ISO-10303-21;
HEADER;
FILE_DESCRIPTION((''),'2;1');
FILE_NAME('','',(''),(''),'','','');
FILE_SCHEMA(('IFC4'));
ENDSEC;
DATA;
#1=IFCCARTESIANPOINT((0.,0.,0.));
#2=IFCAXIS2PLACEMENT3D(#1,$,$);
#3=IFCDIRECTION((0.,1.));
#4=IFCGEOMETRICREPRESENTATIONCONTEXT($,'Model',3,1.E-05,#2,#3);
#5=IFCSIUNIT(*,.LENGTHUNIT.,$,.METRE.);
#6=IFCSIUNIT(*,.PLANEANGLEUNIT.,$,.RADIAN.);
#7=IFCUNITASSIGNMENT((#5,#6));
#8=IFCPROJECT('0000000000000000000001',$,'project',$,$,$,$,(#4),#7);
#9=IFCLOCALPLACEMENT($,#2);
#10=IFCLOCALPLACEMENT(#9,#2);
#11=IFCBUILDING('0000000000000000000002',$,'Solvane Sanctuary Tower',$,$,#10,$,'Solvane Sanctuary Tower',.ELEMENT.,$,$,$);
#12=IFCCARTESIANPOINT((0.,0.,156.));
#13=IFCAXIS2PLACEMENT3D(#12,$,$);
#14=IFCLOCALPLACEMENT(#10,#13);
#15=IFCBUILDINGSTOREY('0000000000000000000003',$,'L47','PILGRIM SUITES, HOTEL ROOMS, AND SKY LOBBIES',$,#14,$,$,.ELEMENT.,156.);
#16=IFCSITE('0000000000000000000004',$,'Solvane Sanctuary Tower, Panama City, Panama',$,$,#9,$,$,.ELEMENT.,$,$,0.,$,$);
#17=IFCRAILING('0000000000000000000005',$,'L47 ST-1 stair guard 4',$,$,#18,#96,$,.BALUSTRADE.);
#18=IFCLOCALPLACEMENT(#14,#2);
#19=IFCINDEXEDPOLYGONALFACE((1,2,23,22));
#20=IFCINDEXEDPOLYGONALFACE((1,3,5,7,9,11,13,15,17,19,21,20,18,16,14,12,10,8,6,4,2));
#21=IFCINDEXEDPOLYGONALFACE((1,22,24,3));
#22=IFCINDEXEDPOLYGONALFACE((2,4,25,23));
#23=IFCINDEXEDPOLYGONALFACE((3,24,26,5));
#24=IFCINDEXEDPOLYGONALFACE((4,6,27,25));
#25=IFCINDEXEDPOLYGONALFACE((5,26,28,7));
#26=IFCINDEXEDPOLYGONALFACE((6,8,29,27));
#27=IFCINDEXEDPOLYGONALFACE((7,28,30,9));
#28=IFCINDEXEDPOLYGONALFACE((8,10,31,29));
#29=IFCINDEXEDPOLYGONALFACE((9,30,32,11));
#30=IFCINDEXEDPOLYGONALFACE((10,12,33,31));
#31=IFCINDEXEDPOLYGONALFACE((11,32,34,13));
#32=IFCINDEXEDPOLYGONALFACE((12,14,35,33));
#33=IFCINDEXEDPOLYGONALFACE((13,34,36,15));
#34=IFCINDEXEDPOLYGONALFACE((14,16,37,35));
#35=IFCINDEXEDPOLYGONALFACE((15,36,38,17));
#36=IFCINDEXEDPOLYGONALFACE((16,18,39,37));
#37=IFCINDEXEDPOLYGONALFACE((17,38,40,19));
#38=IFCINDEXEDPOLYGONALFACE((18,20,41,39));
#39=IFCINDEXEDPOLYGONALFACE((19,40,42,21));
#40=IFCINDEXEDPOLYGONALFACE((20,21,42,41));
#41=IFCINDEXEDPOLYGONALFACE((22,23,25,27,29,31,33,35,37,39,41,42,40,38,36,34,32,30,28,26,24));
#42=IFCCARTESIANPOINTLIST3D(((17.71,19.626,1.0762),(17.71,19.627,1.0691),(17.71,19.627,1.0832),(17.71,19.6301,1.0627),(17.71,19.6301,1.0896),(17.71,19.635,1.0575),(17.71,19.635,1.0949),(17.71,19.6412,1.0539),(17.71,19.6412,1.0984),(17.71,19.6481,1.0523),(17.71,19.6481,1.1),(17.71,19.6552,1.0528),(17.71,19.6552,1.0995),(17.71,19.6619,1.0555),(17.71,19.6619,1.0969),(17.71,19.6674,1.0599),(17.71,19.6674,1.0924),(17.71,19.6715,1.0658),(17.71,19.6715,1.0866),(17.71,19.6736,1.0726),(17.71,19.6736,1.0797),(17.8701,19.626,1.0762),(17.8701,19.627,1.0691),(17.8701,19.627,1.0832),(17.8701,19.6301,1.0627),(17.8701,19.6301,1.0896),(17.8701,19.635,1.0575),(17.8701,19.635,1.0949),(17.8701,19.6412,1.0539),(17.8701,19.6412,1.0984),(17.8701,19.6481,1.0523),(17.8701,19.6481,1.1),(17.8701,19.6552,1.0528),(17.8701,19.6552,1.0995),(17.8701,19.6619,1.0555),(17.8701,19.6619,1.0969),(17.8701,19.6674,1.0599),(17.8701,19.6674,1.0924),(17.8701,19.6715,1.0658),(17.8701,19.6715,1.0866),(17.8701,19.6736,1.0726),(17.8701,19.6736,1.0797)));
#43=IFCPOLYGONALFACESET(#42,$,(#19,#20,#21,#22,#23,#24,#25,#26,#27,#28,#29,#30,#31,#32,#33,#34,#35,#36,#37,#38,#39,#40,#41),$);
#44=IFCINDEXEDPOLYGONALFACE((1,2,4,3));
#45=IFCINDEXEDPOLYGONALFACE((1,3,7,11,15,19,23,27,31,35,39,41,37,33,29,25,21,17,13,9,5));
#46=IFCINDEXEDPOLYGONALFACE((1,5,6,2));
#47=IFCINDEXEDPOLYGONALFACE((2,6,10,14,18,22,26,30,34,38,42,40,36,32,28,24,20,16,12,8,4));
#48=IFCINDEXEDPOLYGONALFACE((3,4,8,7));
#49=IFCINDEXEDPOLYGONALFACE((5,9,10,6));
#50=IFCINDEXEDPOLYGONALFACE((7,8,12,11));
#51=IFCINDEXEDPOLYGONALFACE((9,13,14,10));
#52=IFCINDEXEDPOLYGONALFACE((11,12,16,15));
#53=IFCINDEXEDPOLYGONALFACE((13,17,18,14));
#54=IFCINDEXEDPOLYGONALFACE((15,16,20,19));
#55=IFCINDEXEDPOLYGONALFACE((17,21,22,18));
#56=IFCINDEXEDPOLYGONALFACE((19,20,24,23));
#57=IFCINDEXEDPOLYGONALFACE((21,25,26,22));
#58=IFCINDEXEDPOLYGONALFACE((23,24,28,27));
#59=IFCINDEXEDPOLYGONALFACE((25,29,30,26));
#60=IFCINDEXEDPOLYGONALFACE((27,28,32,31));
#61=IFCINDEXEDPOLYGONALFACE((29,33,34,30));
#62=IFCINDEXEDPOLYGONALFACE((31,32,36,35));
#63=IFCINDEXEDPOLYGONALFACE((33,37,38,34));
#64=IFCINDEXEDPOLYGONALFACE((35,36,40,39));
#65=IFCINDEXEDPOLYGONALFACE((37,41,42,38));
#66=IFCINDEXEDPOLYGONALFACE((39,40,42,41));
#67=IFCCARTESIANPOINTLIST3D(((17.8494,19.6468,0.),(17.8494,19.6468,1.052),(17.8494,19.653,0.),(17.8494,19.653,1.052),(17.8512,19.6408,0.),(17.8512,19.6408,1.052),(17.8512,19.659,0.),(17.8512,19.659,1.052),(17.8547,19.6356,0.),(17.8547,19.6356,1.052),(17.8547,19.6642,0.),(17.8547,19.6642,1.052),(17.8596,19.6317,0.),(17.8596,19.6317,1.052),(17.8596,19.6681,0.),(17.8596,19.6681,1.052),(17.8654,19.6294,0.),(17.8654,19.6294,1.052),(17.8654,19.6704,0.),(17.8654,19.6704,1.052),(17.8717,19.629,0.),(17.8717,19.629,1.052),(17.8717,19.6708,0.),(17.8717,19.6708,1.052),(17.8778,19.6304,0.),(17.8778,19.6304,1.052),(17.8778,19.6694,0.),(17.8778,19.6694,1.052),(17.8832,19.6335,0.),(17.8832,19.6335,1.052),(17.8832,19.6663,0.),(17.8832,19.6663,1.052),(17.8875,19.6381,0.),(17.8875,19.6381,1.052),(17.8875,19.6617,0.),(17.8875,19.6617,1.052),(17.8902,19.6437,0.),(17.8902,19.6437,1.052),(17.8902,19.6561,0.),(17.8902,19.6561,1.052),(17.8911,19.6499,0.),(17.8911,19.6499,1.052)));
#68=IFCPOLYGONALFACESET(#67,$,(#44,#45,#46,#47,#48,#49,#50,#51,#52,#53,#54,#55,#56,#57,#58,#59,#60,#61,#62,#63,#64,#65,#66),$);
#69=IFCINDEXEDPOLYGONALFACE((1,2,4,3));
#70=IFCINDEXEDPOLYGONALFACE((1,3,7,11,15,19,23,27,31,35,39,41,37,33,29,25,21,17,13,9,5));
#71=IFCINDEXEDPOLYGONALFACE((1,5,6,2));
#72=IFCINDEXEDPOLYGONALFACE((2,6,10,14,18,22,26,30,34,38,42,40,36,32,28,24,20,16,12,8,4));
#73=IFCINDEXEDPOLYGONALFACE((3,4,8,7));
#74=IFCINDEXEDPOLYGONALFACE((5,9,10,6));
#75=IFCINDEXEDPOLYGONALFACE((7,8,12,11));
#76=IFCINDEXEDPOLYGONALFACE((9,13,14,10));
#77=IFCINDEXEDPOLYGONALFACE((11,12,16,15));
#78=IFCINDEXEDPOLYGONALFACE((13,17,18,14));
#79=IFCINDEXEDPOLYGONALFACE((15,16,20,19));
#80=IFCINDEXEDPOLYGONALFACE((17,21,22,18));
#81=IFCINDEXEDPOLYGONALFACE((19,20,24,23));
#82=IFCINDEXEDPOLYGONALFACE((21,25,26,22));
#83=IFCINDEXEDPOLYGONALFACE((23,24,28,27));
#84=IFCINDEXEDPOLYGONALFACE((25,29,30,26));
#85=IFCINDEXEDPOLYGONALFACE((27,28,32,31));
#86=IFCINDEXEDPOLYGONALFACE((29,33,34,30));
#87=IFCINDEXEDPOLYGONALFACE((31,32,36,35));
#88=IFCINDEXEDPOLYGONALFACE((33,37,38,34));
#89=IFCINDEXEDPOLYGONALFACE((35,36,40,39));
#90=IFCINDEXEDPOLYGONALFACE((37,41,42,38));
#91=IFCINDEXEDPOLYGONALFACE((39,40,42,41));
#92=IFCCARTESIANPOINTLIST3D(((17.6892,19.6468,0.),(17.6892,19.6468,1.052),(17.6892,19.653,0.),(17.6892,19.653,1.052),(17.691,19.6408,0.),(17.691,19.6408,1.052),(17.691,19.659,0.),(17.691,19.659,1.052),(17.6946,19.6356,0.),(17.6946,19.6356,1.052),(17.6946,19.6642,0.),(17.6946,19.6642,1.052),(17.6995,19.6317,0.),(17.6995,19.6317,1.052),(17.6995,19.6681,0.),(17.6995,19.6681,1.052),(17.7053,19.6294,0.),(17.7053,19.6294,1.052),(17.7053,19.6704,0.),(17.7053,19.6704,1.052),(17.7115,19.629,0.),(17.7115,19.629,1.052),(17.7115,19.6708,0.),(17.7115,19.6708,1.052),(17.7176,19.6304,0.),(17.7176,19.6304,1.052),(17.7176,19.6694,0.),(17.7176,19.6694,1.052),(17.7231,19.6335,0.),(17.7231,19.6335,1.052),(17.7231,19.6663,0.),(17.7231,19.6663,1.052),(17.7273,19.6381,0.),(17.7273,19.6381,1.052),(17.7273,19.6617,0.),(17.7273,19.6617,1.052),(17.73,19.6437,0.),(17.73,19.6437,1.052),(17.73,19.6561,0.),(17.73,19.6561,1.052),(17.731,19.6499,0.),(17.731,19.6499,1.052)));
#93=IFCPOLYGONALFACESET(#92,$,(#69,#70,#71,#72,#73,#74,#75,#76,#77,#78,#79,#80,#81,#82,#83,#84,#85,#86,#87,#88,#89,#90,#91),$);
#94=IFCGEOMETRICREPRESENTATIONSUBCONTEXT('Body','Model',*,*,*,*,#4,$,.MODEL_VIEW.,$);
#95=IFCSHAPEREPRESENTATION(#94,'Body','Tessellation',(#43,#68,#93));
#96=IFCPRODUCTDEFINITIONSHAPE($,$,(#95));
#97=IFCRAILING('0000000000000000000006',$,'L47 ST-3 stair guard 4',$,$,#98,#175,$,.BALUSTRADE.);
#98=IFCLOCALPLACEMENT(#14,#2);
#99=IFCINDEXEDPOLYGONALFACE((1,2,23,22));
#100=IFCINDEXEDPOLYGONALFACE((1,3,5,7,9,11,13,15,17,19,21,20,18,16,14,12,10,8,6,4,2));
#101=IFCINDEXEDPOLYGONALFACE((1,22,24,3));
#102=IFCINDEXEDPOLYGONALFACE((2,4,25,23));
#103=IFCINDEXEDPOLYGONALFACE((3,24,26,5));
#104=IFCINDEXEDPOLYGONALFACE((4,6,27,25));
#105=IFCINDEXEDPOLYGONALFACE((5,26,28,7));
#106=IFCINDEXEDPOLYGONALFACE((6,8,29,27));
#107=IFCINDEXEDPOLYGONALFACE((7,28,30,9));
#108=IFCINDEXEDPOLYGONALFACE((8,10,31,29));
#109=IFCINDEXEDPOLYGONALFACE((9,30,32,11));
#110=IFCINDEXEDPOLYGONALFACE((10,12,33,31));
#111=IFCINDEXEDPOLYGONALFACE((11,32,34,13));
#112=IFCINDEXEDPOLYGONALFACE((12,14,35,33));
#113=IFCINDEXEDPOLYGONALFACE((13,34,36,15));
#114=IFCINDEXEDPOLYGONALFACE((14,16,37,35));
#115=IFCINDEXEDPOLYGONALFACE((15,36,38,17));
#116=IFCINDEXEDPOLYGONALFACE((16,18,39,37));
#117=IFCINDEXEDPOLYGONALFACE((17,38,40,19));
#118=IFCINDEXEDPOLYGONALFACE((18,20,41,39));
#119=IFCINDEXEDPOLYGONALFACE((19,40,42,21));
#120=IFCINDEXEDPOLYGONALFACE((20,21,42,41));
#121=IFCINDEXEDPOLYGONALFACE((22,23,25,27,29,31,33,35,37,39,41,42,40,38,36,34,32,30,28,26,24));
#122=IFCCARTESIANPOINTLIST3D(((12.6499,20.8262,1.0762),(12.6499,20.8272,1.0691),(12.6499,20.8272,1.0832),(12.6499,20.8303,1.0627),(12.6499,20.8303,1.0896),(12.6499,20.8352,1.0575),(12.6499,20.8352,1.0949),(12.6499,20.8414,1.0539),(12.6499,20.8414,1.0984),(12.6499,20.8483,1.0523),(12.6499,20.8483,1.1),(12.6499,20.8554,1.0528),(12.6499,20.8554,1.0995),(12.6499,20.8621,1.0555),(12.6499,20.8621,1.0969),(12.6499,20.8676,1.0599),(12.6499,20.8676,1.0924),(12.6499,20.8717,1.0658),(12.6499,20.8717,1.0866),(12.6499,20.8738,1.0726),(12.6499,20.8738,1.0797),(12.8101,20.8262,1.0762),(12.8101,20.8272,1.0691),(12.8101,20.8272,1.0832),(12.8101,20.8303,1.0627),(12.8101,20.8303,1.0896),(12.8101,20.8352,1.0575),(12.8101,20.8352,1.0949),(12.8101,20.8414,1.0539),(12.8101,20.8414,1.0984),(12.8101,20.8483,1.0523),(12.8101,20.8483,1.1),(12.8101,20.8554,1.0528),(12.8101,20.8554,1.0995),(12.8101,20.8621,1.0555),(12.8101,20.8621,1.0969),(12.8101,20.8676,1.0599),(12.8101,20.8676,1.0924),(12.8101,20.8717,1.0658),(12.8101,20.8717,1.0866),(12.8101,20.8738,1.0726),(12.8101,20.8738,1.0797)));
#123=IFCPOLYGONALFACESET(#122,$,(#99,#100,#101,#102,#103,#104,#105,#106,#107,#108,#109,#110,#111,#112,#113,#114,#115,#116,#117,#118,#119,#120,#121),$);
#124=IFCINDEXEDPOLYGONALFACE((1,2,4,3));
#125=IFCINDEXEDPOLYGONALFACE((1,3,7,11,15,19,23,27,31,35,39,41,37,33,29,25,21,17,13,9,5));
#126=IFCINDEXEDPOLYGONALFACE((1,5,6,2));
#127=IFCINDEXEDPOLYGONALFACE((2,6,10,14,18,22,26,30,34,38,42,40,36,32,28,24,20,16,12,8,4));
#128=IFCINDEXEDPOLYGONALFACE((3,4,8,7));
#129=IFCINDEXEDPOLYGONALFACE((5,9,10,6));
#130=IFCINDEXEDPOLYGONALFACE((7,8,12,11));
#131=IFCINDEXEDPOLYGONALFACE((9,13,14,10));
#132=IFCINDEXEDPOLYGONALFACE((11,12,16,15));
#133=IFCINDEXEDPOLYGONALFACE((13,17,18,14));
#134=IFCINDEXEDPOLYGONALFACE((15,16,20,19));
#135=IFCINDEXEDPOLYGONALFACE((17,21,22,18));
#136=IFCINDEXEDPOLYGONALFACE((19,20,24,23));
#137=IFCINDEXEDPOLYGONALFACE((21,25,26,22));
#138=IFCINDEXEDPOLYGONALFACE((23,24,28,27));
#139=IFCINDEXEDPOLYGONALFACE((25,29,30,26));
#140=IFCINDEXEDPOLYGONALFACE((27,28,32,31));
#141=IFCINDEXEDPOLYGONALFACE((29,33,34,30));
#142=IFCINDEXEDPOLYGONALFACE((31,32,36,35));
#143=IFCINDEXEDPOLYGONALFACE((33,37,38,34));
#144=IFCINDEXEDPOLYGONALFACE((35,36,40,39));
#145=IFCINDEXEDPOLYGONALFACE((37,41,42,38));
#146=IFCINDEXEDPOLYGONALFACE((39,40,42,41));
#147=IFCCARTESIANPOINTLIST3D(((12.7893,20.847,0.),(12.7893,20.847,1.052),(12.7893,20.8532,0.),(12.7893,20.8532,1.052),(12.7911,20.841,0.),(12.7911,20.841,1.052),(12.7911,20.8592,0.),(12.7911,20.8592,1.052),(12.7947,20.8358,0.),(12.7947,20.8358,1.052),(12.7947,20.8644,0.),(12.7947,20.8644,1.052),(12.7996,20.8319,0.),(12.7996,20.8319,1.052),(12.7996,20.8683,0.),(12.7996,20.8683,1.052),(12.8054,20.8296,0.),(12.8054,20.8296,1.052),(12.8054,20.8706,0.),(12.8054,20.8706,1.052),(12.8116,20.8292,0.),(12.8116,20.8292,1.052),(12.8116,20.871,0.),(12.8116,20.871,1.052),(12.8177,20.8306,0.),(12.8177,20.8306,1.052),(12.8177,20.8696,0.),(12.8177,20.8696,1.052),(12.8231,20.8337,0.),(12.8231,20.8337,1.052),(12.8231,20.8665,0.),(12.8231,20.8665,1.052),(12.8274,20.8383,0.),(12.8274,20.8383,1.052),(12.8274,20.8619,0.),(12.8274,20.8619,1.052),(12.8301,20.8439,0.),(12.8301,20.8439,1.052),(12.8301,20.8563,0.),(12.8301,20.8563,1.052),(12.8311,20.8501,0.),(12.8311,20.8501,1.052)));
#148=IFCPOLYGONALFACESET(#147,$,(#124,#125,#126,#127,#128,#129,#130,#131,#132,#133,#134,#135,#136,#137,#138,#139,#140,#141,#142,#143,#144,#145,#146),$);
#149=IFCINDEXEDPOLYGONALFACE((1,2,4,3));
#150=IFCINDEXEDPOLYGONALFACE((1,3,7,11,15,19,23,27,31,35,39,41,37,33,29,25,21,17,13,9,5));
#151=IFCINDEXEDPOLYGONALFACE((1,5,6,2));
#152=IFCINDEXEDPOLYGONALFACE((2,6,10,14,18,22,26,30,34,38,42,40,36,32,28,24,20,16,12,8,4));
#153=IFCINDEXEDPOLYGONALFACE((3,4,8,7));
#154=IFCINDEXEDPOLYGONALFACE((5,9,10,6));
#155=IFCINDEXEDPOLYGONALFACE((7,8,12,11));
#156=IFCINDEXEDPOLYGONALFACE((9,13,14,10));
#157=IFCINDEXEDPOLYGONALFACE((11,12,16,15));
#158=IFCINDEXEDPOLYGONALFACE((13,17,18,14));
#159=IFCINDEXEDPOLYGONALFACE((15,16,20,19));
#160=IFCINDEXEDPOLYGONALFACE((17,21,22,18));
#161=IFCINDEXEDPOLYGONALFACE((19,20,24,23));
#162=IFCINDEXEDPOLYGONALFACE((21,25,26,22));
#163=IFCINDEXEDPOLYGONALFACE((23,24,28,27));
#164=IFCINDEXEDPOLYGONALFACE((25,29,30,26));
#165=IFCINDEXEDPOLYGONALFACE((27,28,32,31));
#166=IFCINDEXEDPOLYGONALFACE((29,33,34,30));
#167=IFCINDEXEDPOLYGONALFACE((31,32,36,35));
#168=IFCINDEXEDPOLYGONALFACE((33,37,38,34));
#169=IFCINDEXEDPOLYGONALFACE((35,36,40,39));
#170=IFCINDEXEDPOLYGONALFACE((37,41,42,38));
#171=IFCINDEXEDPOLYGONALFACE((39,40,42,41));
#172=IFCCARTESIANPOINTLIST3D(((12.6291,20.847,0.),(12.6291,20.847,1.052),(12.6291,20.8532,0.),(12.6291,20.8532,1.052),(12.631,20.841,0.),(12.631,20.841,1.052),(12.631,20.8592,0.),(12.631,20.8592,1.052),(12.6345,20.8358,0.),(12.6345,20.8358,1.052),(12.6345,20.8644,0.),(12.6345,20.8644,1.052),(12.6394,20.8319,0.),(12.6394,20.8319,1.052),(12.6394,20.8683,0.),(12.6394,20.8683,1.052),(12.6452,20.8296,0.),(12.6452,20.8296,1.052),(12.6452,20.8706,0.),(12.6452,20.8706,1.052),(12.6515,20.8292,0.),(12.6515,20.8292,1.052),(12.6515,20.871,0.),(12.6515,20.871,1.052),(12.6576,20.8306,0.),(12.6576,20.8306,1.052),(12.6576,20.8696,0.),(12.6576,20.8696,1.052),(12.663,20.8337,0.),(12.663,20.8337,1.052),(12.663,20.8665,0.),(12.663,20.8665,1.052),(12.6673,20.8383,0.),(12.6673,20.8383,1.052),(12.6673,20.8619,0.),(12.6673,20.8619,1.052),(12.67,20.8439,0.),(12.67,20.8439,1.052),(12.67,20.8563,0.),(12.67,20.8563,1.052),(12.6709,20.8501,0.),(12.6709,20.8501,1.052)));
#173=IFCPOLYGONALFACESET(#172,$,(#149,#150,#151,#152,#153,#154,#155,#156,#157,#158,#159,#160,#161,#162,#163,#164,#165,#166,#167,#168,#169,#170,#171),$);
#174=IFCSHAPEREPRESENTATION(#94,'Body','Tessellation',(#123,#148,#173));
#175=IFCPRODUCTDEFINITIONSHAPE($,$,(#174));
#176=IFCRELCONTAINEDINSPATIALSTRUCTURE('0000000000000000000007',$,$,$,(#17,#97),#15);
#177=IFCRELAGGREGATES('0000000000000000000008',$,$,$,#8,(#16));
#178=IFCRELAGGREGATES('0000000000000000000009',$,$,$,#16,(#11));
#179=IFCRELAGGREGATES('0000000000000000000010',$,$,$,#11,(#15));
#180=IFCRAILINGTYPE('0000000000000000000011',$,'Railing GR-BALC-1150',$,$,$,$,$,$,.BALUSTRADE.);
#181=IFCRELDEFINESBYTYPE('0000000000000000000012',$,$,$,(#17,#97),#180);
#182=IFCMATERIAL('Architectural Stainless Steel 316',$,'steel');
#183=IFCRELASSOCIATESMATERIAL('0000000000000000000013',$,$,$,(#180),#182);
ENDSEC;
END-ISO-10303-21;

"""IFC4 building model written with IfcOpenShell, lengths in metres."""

from ifc_helpers import new_model, si_unit, direction, frame, origin, origin_2d, place, context, subcontext, project, spatial, circle, extrude, material, type_object, element, save


model = new_model("IFC4")

# Units and contexts
model_context = context("Model", 3, precision=1e-05, world=origin(), true_north=direction((0.0, 1.0)))
body_context = subcontext(model_context, "Body", "Model", "MODEL_VIEW")
ifc_project = project(units=[si_unit("LENGTHUNIT", "METRE"), si_unit("PLANEANGLEUNIT", "RADIAN")], contexts=[model_context])

# Site, building, storey
site_placement = place(None, origin())
site = spatial("IfcSite", under=ifc_project, at=site_placement, Name="Solvane Sanctuary Tower, Panama City, Panama", CompositionType="ELEMENT", RefElevation=0.0)
building_placement = place(site_placement, origin())
building = spatial("IfcBuilding", under=site, at=building_placement, Name="Solvane Sanctuary Tower", LongName="Solvane Sanctuary Tower", CompositionType="ELEMENT")
storey_placement = place(building_placement, frame((0.0, 0.0, 156.0)))
storey = spatial("IfcBuildingStorey", under=building, at=storey_placement, Name="L47", Description="PILGRIM SUITES, HOTEL ROOMS, AND SKY LOBBIES", CompositionType="ELEMENT", Elevation=156.0)

# Shared definitions
ifc_material_1 = material(Name="Architectural Stainless Steel 316", Category="steel")

# Railings
railing_type_1 = type_object("IfcRailingType", Name="Railing GR-BALC-1150", PredefinedType="BALUSTRADE", material=ifc_material_1)
for number, where, name in (
    (1, (17.8701, 19.6499, 0.0), "L47 ST-1 stair guard 4"),
    (2, (12.8101, 20.8501, 0.0), "L47 ST-3 stair guard 4"),
):
    element("IfcRailing", number, at=place(storey_placement, frame(where)), inside=storey, type_object=railing_type_1, Name=name, PredefinedType="BALUSTRADE", context=body_context, shape_type="SweptSolid", body=[
        extrude(circle(Radius=0.0239, at=origin_2d()), frame((0.0, 0.0, 1.0762), z_axis=(-1.0, 0.0, 0.0), x_axis=(0.0, -1.0, 0.0)), (0.0, 0.0, 1.0), 0.1602),
        extrude(circle(Radius=0.021, at=origin_2d()), origin(), (0.0, 0.0, 1.0), 1.052),
        extrude(circle(Radius=0.021, at=origin_2d()), frame((-0.1602, 0.0, 0.0)), (0.0, 0.0, 1.0), 1.052),
    ])

save(model, "model.ifc")
